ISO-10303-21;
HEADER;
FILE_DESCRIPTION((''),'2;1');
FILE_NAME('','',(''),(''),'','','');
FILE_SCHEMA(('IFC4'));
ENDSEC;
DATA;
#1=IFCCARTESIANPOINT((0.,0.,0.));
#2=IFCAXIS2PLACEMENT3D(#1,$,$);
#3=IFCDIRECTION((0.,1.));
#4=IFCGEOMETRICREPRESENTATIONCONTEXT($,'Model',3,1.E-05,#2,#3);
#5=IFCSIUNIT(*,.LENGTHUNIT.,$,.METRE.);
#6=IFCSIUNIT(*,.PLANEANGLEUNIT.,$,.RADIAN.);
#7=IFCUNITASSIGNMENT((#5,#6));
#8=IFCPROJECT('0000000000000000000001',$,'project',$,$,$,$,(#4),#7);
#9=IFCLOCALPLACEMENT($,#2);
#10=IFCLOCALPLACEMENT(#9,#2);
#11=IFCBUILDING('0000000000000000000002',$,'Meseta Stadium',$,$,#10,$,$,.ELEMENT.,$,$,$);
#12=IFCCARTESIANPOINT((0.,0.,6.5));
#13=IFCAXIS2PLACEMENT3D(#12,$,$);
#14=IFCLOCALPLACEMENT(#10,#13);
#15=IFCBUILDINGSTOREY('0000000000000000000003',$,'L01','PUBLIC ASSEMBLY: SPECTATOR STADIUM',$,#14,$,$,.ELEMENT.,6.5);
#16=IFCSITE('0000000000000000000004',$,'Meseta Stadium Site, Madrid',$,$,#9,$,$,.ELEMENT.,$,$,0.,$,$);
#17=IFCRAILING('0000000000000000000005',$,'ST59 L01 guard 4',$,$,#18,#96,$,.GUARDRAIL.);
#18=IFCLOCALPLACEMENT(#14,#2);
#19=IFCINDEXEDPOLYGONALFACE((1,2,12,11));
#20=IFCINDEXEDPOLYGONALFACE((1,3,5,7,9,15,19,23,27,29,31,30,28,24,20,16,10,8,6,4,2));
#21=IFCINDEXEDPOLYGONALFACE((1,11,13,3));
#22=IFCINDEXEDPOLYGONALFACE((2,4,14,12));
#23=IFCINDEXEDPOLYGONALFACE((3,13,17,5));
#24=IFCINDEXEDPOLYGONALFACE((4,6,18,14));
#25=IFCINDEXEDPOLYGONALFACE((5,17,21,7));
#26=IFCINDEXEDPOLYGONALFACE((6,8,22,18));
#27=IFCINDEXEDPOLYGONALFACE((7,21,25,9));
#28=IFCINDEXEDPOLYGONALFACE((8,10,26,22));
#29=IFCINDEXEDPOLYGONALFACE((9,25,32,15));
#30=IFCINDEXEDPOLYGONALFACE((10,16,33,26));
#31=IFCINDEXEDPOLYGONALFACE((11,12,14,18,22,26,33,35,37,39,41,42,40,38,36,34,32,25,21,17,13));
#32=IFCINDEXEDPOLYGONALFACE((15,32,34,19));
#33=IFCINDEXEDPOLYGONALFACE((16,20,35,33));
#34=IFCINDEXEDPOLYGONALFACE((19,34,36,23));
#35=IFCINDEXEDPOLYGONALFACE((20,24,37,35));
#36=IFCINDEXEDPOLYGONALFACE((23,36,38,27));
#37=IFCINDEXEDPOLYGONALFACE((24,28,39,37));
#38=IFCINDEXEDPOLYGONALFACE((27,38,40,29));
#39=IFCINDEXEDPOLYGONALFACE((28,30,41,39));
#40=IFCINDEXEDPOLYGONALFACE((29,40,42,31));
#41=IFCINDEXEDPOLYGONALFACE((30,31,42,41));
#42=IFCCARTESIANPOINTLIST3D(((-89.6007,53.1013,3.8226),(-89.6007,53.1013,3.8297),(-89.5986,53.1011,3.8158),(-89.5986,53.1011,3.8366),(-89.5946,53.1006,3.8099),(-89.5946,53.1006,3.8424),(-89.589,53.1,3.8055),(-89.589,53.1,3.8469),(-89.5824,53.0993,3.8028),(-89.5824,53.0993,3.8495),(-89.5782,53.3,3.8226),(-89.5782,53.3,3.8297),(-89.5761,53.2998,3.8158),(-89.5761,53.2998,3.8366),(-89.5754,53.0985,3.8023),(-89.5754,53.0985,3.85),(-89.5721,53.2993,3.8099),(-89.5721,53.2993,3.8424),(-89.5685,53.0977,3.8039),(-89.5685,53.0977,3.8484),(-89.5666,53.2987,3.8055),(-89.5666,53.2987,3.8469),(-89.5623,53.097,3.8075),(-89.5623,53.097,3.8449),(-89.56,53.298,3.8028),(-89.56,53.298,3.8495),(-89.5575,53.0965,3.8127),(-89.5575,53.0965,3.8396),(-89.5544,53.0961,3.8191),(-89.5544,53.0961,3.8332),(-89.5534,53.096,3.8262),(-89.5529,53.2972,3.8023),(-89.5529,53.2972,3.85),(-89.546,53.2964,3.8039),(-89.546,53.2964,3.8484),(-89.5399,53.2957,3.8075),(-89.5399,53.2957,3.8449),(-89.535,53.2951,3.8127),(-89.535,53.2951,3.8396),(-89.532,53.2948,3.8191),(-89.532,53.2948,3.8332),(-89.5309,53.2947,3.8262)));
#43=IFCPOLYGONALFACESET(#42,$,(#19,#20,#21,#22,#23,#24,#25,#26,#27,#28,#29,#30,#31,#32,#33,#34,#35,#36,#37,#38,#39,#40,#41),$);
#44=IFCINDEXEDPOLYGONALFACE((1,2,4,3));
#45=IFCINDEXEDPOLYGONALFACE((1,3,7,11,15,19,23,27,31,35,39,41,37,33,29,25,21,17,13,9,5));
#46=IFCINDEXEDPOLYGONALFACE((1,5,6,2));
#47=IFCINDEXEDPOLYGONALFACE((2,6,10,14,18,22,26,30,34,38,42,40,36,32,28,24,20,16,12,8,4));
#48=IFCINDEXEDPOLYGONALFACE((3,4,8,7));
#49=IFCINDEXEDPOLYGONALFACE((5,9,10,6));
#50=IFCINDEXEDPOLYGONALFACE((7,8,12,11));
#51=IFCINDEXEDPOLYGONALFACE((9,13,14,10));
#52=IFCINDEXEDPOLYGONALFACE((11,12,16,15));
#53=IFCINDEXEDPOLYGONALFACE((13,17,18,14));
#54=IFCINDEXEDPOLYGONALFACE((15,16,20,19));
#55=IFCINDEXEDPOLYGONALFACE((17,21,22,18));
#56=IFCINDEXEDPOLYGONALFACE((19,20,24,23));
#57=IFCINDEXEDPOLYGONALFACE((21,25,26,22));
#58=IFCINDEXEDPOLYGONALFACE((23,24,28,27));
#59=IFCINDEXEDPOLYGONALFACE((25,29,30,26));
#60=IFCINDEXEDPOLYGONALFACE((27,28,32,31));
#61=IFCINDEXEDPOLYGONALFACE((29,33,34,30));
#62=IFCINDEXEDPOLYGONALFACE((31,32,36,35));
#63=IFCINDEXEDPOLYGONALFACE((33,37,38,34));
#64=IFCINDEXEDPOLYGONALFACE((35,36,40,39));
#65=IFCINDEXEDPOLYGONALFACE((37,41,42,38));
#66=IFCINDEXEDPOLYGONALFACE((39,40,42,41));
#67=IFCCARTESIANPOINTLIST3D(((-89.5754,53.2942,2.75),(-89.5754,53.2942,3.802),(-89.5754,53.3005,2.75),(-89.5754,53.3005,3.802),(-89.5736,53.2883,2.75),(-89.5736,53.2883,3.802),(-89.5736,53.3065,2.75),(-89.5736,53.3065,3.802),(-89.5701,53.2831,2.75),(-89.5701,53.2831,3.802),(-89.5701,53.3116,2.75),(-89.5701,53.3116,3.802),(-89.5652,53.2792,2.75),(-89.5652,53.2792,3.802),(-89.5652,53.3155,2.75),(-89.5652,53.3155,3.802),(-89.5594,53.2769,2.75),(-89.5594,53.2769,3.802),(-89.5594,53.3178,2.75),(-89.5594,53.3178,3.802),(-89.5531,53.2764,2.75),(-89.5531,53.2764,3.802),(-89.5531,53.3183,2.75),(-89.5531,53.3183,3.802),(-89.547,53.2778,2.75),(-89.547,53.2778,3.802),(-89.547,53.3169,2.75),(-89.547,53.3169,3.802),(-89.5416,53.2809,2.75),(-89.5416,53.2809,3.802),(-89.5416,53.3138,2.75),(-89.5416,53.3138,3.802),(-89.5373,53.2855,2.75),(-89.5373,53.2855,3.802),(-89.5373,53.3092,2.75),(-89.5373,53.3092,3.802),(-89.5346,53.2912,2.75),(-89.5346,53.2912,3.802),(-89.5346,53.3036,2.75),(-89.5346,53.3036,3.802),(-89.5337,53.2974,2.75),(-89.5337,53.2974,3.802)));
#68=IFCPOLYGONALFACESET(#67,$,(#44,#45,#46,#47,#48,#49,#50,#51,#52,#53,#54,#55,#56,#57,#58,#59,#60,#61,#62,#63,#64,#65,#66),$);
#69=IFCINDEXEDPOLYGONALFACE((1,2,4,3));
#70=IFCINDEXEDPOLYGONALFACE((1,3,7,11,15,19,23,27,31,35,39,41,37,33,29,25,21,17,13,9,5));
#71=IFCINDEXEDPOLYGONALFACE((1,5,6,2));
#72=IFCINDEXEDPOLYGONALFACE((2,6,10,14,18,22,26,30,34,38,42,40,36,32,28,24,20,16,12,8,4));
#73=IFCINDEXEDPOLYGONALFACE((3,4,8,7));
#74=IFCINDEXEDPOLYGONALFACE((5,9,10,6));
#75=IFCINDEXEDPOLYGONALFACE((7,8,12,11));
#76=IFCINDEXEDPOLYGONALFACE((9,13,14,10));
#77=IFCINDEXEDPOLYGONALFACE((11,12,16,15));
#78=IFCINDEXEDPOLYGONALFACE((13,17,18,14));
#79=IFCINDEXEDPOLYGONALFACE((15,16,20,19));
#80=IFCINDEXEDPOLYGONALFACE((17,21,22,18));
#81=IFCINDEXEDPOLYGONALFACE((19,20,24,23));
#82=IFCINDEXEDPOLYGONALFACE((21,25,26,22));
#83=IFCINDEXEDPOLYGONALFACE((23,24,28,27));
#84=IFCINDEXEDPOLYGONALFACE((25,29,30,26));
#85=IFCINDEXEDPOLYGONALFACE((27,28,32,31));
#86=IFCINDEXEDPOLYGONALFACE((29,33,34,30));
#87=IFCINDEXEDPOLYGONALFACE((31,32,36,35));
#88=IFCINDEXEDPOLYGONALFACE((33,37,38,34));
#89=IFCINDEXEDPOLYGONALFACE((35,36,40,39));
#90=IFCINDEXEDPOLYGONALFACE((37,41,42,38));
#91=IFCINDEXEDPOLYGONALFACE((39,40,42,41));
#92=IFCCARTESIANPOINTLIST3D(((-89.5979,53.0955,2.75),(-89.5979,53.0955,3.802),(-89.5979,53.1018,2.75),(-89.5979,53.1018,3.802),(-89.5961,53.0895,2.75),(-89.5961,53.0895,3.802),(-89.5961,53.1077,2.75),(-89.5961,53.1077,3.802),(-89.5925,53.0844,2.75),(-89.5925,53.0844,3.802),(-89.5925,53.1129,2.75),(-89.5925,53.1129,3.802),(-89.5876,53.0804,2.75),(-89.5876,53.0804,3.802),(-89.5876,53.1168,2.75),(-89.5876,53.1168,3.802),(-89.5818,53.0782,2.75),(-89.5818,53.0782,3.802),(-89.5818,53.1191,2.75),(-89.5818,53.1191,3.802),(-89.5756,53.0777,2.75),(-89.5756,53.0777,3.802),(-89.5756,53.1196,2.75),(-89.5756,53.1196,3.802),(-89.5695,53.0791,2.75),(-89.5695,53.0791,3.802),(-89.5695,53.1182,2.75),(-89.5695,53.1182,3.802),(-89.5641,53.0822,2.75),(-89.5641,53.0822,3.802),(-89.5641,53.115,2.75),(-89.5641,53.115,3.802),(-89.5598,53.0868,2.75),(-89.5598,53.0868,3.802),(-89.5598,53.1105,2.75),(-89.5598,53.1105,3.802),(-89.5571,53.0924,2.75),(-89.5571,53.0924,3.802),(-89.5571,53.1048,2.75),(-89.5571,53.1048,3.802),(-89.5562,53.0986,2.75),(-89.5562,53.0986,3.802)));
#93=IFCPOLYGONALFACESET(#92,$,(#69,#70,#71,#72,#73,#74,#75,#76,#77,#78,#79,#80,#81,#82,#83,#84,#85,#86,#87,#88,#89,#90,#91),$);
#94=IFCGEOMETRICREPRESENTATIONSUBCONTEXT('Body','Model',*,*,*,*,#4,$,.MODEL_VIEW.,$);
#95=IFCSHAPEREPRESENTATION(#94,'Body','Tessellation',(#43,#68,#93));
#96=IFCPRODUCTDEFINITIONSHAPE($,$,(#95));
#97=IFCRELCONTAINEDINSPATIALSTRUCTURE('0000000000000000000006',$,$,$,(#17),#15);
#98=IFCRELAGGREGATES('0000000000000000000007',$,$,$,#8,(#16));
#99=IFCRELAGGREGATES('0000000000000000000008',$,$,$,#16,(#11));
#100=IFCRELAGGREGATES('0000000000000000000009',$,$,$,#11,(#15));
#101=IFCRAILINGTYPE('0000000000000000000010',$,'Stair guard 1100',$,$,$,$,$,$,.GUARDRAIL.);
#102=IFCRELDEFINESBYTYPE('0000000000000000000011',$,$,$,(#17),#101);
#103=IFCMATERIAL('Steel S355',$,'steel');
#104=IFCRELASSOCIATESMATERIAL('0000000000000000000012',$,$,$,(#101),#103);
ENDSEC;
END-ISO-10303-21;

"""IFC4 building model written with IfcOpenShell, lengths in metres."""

from ifc_helpers import new_model, si_unit, direction, frame, origin, origin_2d, place, context, subcontext, project, spatial, circle, extrude, material, type_object, element, save


model = new_model("IFC4")

# Units and contexts
model_context = context("Model", 3, precision=1e-05, world=origin(), true_north=direction((0.0, 1.0)))
body_context = subcontext(model_context, "Body", "Model", "MODEL_VIEW")
ifc_project = project(units=[si_unit("LENGTHUNIT", "METRE"), si_unit("PLANEANGLEUNIT", "RADIAN")], contexts=[model_context])

# Site, building, storey
site_placement = place(None, origin())
site = spatial("IfcSite", under=ifc_project, at=site_placement, Name="Meseta Stadium Site, Madrid", CompositionType="ELEMENT", RefElevation=0.0)
building_placement = place(site_placement, origin())
building = spatial("IfcBuilding", under=site, at=building_placement, Name="Meseta Stadium", CompositionType="ELEMENT")
storey_placement = place(building_placement, frame((0.0, 0.0, 6.5)))
storey = spatial("IfcBuildingStorey", under=building, at=storey_placement, Name="L01", Description="PUBLIC ASSEMBLY: SPECTATOR STADIUM", CompositionType="ELEMENT", Elevation=6.5)

# Railing
ifc_material_1 = material(Name="Steel S355", Category="steel")
railing_type_1 = type_object("IfcRailingType", Name="Stair guard 1100", PredefinedType="GUARDRAIL", material=ifc_material_1)
railing_1_placement = place(storey_placement, frame((-89.5547, 53.2974, 2.75)))
element("IfcRailing", 1, at=railing_1_placement, inside=storey, type_object=railing_type_1, Name="ST59 L01 guard 4", PredefinedType="GUARDRAIL", context=body_context, shape_type="SweptSolid", body=[
    extrude(circle(Radius=0.0239, at=origin_2d()), frame((0.0, 0.0, 1.0762), z_axis=(-0.112307, -0.993674, 0.0), x_axis=(0.993674, -0.112307, 0.0)), (0.0, 0.0, 1.0), 0.2),
    extrude(circle(Radius=0.021, at=origin_2d()), origin(), (0.0, 0.0, 1.0), 1.052),
    extrude(circle(Radius=0.021, at=origin_2d()), frame((-0.0225, -0.1987, 0.0)), (0.0, 0.0, 1.0), 1.052),
])

save(model, "model.ifc")
